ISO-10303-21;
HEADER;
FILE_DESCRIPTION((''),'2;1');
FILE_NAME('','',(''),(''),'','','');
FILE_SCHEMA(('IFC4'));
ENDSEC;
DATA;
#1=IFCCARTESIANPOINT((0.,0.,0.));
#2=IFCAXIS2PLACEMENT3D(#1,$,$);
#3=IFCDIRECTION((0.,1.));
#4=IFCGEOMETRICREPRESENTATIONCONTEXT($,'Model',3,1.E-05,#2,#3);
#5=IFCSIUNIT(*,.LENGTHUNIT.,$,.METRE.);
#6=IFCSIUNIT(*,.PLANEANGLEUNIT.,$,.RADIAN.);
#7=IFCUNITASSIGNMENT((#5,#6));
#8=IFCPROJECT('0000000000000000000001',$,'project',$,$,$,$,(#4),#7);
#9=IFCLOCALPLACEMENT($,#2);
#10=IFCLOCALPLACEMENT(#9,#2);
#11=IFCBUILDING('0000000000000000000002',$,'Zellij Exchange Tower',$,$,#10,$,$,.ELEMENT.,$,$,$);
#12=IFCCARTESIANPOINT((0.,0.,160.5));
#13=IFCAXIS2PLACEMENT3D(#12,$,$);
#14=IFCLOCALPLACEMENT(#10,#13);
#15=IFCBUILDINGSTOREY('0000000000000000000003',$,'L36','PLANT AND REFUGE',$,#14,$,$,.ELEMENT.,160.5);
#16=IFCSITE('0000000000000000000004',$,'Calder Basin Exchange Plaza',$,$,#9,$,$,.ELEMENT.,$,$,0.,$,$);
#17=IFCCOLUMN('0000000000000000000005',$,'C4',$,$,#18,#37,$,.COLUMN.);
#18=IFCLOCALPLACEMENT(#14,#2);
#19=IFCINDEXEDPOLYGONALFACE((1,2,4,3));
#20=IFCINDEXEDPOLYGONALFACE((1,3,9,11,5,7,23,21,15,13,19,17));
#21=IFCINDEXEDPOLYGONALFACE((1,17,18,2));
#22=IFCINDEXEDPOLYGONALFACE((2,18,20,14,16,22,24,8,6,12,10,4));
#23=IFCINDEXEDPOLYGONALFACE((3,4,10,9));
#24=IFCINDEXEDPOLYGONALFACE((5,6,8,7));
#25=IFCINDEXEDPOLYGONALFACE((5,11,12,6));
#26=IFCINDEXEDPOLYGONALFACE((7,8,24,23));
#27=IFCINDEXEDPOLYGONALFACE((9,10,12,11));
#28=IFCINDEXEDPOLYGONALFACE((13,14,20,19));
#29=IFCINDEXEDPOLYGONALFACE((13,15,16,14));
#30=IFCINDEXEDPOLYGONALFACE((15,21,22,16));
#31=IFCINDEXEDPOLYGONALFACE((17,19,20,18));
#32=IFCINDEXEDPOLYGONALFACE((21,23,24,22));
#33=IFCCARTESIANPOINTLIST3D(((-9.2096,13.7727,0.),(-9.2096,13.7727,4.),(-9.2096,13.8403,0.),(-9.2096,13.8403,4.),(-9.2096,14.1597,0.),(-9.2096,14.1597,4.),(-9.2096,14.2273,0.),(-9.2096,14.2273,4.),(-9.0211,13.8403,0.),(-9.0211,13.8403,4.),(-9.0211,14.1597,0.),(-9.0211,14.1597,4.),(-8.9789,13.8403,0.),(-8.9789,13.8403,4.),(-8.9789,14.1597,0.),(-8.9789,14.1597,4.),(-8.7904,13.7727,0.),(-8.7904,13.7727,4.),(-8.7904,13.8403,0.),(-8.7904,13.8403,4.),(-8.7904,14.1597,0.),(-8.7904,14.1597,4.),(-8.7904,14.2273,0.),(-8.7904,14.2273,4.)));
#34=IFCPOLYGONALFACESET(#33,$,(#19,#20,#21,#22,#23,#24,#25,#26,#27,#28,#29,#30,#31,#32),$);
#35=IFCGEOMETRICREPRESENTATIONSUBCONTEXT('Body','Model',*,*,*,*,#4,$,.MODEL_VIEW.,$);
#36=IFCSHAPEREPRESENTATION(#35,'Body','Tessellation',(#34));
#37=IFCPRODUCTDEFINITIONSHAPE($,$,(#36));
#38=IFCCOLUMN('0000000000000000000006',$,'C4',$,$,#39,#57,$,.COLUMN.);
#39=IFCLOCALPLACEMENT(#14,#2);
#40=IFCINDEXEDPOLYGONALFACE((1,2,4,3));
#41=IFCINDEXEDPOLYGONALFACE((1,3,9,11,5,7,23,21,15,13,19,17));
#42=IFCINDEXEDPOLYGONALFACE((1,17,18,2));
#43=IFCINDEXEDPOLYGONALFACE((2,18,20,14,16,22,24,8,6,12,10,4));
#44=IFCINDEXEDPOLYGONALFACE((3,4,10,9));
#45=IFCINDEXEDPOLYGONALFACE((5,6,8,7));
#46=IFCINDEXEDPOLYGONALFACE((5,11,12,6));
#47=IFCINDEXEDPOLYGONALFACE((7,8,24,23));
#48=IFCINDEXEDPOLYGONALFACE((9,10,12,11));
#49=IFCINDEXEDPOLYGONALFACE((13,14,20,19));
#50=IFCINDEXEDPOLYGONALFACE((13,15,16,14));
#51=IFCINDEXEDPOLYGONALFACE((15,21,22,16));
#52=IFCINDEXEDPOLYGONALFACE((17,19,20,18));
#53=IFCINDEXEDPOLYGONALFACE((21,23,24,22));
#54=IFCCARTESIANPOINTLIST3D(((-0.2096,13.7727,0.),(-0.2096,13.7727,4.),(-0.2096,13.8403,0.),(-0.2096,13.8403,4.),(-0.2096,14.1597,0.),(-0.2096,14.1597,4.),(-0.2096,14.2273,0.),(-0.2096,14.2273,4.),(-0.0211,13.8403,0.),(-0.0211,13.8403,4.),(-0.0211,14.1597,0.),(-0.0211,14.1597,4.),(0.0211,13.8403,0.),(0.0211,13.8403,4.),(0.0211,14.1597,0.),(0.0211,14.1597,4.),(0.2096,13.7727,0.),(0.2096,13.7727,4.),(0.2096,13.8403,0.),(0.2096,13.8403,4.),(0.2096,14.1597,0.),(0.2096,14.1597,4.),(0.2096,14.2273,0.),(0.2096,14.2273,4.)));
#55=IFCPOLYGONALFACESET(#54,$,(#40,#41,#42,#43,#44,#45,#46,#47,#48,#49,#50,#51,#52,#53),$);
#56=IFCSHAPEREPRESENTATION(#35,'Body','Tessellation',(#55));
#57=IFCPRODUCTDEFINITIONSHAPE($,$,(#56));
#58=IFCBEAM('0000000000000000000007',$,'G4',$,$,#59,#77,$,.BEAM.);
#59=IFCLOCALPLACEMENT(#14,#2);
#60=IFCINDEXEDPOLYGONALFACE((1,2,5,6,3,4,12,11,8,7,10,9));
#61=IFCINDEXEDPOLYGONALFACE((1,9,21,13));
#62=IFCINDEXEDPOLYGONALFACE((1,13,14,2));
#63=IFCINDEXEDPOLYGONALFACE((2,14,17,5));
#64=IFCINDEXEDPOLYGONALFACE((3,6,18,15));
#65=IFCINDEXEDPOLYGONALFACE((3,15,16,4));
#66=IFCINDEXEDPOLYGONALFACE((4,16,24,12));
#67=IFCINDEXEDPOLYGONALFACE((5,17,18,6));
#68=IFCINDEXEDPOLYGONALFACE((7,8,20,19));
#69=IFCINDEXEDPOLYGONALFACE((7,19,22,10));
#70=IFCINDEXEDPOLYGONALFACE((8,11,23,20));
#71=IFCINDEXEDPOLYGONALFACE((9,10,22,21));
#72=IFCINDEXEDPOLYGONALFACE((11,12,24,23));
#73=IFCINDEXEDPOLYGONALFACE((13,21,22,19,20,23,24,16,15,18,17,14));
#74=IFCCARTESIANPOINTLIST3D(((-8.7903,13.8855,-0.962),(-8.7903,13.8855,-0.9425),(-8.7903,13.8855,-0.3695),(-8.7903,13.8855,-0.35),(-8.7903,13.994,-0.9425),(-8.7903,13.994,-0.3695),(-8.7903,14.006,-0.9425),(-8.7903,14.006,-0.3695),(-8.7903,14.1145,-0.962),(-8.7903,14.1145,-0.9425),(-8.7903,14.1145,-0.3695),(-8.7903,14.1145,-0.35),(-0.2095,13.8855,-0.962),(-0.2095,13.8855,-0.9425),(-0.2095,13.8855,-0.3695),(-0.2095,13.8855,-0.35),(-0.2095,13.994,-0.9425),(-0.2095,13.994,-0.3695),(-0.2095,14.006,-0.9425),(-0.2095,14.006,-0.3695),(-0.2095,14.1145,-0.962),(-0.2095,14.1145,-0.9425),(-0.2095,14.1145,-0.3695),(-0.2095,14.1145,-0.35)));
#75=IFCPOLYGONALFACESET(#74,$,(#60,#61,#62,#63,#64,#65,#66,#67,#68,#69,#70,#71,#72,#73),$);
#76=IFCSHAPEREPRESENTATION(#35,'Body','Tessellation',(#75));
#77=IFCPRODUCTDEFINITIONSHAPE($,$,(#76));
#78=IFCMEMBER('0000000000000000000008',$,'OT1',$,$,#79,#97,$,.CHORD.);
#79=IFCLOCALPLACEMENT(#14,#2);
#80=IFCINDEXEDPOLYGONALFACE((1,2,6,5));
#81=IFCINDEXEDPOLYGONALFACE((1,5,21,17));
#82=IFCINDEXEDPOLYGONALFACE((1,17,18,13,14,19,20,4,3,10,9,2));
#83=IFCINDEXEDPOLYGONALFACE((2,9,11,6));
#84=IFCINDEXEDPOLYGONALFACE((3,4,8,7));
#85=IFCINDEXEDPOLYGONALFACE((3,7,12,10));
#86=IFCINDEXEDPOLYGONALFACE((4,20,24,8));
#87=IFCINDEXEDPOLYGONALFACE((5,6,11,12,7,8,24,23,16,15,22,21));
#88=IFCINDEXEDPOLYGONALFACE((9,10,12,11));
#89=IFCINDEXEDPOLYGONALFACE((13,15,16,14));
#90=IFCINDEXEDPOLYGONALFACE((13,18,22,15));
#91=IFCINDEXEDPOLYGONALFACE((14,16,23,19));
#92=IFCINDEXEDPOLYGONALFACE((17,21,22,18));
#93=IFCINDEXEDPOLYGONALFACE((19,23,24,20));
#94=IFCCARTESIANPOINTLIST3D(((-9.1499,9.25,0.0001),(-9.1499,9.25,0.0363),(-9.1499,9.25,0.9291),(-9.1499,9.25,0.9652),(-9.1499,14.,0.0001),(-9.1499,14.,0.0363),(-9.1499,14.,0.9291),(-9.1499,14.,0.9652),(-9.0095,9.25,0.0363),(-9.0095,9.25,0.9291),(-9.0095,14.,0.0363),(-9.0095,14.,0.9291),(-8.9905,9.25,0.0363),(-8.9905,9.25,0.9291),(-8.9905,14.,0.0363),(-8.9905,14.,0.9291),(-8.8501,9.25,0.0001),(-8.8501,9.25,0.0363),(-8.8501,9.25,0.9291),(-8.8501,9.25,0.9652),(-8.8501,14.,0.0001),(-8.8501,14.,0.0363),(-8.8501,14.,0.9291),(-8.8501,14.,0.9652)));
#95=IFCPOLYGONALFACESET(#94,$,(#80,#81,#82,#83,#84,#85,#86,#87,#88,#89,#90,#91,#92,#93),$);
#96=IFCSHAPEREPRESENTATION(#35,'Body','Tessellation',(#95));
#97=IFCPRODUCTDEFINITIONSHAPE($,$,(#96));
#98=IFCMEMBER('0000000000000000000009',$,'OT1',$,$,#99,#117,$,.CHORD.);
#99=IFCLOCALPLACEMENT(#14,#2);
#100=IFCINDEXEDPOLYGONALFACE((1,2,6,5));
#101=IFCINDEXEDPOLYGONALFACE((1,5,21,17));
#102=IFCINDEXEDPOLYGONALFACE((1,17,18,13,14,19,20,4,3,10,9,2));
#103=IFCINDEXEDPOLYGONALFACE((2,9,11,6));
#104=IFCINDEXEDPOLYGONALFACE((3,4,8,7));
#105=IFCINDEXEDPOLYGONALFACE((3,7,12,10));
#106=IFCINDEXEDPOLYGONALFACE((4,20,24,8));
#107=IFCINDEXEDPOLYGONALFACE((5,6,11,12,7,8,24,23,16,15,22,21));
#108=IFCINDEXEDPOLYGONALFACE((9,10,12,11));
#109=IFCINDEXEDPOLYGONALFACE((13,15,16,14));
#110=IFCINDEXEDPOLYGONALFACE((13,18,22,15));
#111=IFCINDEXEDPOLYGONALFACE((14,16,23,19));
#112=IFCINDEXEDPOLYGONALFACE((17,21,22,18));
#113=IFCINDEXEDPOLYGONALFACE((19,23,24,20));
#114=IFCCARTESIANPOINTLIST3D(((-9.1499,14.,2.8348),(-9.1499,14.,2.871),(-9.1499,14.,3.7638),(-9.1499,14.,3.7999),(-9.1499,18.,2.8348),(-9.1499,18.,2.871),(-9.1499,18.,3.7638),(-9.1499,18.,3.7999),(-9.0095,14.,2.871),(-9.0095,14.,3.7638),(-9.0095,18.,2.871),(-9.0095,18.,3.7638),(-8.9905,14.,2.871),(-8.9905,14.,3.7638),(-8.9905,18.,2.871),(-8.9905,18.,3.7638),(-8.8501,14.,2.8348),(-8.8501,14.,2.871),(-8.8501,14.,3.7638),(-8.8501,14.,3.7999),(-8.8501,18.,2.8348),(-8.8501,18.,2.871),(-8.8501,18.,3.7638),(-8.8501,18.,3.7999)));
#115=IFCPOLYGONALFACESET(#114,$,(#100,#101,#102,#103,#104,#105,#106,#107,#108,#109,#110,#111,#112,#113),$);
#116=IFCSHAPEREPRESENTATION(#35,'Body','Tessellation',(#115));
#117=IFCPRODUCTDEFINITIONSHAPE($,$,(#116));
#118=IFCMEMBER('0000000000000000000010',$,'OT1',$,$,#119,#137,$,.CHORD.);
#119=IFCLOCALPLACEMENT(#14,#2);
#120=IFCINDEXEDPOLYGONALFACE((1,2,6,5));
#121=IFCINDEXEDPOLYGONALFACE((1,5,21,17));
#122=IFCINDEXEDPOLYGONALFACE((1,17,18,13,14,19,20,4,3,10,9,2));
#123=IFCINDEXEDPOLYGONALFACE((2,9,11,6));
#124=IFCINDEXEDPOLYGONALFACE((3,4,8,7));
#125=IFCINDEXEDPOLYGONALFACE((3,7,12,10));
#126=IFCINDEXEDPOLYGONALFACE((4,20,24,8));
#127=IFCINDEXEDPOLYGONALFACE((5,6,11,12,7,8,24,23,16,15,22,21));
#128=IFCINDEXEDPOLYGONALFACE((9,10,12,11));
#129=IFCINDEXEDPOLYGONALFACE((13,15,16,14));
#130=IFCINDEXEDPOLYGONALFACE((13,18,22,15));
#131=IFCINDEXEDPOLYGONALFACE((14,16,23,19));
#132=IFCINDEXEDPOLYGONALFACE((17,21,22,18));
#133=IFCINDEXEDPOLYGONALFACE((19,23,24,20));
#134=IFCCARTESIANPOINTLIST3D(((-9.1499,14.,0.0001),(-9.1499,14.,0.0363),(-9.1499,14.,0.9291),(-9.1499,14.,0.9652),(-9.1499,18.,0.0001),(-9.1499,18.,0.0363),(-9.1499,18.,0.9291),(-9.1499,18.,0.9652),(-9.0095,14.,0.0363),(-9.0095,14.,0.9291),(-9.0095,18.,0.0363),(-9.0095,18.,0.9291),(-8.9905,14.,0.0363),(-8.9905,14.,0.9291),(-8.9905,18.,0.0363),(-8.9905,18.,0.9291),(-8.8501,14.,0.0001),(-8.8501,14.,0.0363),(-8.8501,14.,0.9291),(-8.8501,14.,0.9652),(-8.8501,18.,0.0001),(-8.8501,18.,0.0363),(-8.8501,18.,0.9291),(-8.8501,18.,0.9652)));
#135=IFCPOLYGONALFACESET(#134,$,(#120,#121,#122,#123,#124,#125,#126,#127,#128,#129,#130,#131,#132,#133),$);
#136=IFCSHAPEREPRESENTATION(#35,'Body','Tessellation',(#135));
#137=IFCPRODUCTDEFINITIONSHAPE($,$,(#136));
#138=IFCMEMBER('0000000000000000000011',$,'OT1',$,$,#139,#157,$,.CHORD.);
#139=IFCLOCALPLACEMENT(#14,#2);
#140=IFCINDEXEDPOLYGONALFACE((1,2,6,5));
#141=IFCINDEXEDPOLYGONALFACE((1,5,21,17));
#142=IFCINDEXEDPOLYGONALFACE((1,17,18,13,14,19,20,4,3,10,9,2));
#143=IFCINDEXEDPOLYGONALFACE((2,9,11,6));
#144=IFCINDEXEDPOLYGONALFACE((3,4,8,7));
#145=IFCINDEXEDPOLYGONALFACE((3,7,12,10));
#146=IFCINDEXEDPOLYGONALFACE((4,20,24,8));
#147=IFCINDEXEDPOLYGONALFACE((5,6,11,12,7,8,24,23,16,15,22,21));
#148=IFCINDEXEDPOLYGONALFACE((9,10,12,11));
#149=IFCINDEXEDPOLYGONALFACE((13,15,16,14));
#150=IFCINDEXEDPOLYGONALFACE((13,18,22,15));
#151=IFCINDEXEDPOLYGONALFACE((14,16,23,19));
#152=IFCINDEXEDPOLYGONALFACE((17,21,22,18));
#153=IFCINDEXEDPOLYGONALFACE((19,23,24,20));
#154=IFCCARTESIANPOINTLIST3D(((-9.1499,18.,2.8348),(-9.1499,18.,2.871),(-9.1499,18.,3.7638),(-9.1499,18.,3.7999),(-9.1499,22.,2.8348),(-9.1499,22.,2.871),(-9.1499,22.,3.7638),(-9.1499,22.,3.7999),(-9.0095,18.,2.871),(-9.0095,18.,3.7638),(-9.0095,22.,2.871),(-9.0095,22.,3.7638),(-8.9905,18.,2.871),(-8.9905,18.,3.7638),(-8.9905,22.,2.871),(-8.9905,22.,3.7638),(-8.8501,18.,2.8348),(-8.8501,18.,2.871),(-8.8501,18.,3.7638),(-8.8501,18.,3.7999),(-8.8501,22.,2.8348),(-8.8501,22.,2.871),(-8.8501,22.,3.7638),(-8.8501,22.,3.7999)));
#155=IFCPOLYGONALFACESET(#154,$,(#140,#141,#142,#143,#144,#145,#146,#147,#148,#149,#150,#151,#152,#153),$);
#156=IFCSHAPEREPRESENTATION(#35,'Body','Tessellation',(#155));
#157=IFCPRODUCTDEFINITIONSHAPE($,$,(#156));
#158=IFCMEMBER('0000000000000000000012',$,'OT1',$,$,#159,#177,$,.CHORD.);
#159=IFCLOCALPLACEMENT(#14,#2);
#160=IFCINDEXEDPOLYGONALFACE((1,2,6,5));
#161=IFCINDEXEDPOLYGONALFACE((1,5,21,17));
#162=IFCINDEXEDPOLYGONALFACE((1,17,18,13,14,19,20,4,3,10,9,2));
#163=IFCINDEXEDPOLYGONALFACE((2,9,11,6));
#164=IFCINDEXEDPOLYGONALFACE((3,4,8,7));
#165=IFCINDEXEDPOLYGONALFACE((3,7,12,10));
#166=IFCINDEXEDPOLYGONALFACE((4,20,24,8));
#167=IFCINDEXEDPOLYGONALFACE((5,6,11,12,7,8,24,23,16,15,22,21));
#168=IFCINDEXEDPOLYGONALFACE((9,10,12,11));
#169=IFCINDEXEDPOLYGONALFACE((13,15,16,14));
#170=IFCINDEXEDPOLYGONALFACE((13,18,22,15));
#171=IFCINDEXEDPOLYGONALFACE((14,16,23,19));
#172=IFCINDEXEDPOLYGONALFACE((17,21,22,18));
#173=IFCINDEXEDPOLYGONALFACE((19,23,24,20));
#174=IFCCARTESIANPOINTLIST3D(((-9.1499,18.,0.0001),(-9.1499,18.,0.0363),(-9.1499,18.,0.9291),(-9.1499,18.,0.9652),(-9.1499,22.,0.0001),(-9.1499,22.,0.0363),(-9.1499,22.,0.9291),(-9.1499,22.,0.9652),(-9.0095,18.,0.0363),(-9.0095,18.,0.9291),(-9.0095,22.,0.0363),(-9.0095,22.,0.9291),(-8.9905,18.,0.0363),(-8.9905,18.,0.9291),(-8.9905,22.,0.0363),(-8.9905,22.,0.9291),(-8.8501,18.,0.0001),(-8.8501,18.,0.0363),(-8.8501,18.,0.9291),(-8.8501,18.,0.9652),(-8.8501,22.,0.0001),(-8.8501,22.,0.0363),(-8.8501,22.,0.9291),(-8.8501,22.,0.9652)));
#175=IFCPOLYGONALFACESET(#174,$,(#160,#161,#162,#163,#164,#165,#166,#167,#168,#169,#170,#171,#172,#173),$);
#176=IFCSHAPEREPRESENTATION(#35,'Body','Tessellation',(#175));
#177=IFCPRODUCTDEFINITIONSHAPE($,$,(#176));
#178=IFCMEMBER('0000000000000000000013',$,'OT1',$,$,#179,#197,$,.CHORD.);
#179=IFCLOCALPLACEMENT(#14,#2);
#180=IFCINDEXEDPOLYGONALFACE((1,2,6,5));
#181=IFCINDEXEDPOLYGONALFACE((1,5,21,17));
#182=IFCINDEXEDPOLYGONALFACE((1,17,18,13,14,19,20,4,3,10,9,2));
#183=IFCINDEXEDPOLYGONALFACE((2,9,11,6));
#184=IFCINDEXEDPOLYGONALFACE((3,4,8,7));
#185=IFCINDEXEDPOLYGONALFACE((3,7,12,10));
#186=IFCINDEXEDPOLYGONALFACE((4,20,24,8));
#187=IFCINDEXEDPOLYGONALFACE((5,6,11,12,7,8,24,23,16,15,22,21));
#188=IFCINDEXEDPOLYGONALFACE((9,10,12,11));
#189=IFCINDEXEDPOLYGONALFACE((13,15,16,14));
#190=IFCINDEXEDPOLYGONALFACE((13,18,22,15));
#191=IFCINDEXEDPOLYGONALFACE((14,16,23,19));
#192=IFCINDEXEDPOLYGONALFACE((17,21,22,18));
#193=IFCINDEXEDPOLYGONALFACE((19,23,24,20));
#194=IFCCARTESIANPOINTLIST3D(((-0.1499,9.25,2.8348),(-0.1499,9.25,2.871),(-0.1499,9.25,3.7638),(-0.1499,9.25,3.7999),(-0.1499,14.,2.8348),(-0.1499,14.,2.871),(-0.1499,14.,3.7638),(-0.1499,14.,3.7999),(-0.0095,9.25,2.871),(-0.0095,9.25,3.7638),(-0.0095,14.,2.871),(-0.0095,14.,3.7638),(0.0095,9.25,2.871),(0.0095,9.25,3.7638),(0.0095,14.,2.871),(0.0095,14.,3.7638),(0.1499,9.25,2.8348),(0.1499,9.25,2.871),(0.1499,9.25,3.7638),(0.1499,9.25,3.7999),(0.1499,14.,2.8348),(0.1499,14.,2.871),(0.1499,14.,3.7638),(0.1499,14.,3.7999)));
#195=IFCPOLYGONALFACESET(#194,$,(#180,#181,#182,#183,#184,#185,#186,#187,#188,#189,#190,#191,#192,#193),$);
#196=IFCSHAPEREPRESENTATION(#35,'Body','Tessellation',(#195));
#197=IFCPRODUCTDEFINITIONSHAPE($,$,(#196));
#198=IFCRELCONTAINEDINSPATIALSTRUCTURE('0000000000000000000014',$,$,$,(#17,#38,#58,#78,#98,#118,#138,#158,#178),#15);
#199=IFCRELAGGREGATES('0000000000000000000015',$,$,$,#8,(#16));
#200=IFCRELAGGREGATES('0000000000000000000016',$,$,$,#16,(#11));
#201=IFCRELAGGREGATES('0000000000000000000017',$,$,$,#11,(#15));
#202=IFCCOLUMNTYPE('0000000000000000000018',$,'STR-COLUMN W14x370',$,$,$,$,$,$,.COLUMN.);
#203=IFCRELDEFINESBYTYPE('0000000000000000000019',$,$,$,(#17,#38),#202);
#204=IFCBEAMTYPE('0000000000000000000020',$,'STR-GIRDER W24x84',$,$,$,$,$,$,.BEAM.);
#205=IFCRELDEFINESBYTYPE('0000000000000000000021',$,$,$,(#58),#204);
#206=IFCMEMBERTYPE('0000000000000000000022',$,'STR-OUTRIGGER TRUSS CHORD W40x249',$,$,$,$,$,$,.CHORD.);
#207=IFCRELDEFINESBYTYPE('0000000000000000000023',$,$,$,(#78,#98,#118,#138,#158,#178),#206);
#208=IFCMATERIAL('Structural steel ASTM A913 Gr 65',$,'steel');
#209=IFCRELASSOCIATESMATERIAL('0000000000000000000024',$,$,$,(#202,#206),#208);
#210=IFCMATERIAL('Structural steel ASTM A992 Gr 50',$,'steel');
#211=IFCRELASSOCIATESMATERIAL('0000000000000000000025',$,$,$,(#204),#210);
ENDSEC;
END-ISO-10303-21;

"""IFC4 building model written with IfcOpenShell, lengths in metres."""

from ifc_helpers import new_model, si_unit, direction, frame, origin, origin_2d, place, context, subcontext, project, spatial, i_section, extrude, material, material_profile, profile_set, type_object, element, save


model = new_model("IFC4")

# Units and contexts
model_context = context("Model", 3, precision=1e-05, world=origin(), true_north=direction((0.0, 1.0)))
body_context = subcontext(model_context, "Body", "Model", "MODEL_VIEW")
ifc_project = project(units=[si_unit("LENGTHUNIT", "METRE"), si_unit("PLANEANGLEUNIT", "RADIAN")], contexts=[model_context])

# Site, building, storey
site_placement = place(None, origin())
site = spatial("IfcSite", under=ifc_project, at=site_placement, Name="Calder Basin Exchange Plaza", CompositionType="ELEMENT", RefElevation=0.0)
building_placement = place(site_placement, origin())
building = spatial("IfcBuilding", under=site, at=building_placement, Name="Zellij Exchange Tower", CompositionType="ELEMENT")
storey_placement = place(building_placement, frame((0.0, 0.0, 160.5)))
storey = spatial("IfcBuildingStorey", under=building, at=storey_placement, Name="L36", Description="PLANT AND REFUGE", CompositionType="ELEMENT", Elevation=160.5)

# Columns
ifc_material_1 = material(Name="Structural steel ASTM A913 Gr 65", Category="steel")
ifc_material_profile_1 = material_profile(ifc_material_1, i_section(OverallWidth=0.4192, OverallDepth=0.4546, WebThickness=0.0422, FlangeThickness=0.0676, at=origin_2d()), Name="W14x370")
ifc_profile_set_1 = profile_set([ifc_material_profile_1], Name="Structural steel ASTM A913 Gr 65")
column_type = type_object("IfcColumnType", Name="STR-COLUMN W14x370", PredefinedType="COLUMN", material=ifc_profile_set_1)
for number, where, z_axis, x_axis, name in (
    (1, (-9.0, 14.0, 0.0), (0.0, 0.0, 1.0), (1.0, 0.0, 0.0), "C4"),
    (2, (0.0, 14.0, 0.0), (0.0, 0.0, 1.0), (1.0, 0.0, 0.0), "C4"),
):
    element("IfcColumn", number, at=place(storey_placement, frame(where, z_axis=z_axis, x_axis=x_axis)), inside=storey, type_object=column_type, Name=name, PredefinedType="COLUMN", context=body_context, shape_type="SweptSolid", body=[
        extrude(i_section(OverallWidth=0.4192, OverallDepth=0.4546, WebThickness=0.0422, FlangeThickness=0.0676, at=origin_2d()), origin(), (0.0, 0.0, 1.0), 4.0),
    ])

# Beam
ifc_material_2 = material(Name="Structural steel ASTM A992 Gr 50", Category="steel")
ifc_material_profile_2 = material_profile(ifc_material_2, i_section(OverallWidth=0.229, OverallDepth=0.6121, WebThickness=0.012, FlangeThickness=0.0195, at=origin_2d()), Name="W24x84")
ifc_profile_set_2 = profile_set([ifc_material_profile_2], Name="Structural steel ASTM A992 Gr 50")
beam_type = type_object("IfcBeamType", Name="STR-GIRDER W24x84", PredefinedType="BEAM", material=ifc_profile_set_2)
beam_placement = place(storey_placement, frame((-8.7903, 14.0, -0.656), z_axis=(1.0, 0.0, 0.0), x_axis=(0.0, 1.0, 0.0)))
element("IfcBeam", 3, at=beam_placement, inside=storey, type_object=beam_type, Name="G4", PredefinedType="BEAM", context=body_context, shape_type="SweptSolid", body=[
    extrude(i_section(OverallWidth=0.229, OverallDepth=0.6121, WebThickness=0.012, FlangeThickness=0.0195, at=origin_2d()), origin(), (0.0, 0.0, 1.0), 8.5808),
])

# Members
ifc_material_profile_3 = material_profile(ifc_material_1, i_section(OverallWidth=0.2998, OverallDepth=0.9651, WebThickness=0.019, FlangeThickness=0.0361, at=origin_2d()), Name="W40x249")
ifc_profile_set_3 = profile_set([ifc_material_profile_3], Name="Structural steel ASTM A913 Gr 65")
member_type_1 = type_object("IfcMemberType", Name="STR-OUTRIGGER TRUSS CHORD W40x249", PredefinedType="CHORD", material=ifc_profile_set_3)
member_1_placement = place(storey_placement, frame((-9.0, 9.25, 0.4827), z_axis=(0.0, 1.0, 0.0), x_axis=(-1.0, 0.0, 0.0)))
element("IfcMember", 4, at=member_1_placement, inside=storey, type_object=member_type_1, Name="OT1", PredefinedType="CHORD", context=body_context, shape_type="SweptSolid", body=[
    extrude(i_section(OverallWidth=0.2998, OverallDepth=0.9651, WebThickness=0.019, FlangeThickness=0.0361, at=origin_2d()), origin(), (0.0, 0.0, 1.0), 4.75),
])
for number, where, z_axis, x_axis, name in (
    (5, (-9.0, 14.0, 3.3174), (0.0, 1.0, 0.0), (-1.0, 0.0, 0.0), "OT1"),
    (6, (-9.0, 14.0, 0.4827), (0.0, 1.0, 0.0), (-1.0, 0.0, 0.0), "OT1"),
    (7, (-9.0, 18.0, 3.3174), (0.0, 1.0, 0.0), (-1.0, 0.0, 0.0), "OT1"),
    (8, (-9.0, 18.0, 0.4827), (0.0, 1.0, 0.0), (-1.0, 0.0, 0.0), "OT1"),
):
    element("IfcMember", number, at=place(storey_placement, frame(where, z_axis=z_axis, x_axis=x_axis)), inside=storey, type_object=member_type_1, Name=name, PredefinedType="CHORD", context=body_context, shape_type="SweptSolid", body=[
        extrude(i_section(OverallWidth=0.2998, OverallDepth=0.9651, WebThickness=0.019, FlangeThickness=0.0361, at=origin_2d()), origin(), (0.0, 0.0, 1.0), 4.0),
    ])
for number, where, z_axis, x_axis, name in (
    (9, (0.0, 9.25, 3.3174), (0.0, 1.0, 0.0), (-1.0, 0.0, 0.0), "OT1"),
):
    element("IfcMember", number, at=place(storey_placement, frame(where, z_axis=z_axis, x_axis=x_axis)), inside=storey, type_object=member_type_1, Name=name, PredefinedType="CHORD", context=body_context, shape_type="SweptSolid", body=[
        extrude(i_section(OverallWidth=0.2998, OverallDepth=0.9651, WebThickness=0.019, FlangeThickness=0.0361, at=origin_2d()), origin(), (0.0, 0.0, 1.0), 4.75),
    ])

save(model, "model.ifc")
